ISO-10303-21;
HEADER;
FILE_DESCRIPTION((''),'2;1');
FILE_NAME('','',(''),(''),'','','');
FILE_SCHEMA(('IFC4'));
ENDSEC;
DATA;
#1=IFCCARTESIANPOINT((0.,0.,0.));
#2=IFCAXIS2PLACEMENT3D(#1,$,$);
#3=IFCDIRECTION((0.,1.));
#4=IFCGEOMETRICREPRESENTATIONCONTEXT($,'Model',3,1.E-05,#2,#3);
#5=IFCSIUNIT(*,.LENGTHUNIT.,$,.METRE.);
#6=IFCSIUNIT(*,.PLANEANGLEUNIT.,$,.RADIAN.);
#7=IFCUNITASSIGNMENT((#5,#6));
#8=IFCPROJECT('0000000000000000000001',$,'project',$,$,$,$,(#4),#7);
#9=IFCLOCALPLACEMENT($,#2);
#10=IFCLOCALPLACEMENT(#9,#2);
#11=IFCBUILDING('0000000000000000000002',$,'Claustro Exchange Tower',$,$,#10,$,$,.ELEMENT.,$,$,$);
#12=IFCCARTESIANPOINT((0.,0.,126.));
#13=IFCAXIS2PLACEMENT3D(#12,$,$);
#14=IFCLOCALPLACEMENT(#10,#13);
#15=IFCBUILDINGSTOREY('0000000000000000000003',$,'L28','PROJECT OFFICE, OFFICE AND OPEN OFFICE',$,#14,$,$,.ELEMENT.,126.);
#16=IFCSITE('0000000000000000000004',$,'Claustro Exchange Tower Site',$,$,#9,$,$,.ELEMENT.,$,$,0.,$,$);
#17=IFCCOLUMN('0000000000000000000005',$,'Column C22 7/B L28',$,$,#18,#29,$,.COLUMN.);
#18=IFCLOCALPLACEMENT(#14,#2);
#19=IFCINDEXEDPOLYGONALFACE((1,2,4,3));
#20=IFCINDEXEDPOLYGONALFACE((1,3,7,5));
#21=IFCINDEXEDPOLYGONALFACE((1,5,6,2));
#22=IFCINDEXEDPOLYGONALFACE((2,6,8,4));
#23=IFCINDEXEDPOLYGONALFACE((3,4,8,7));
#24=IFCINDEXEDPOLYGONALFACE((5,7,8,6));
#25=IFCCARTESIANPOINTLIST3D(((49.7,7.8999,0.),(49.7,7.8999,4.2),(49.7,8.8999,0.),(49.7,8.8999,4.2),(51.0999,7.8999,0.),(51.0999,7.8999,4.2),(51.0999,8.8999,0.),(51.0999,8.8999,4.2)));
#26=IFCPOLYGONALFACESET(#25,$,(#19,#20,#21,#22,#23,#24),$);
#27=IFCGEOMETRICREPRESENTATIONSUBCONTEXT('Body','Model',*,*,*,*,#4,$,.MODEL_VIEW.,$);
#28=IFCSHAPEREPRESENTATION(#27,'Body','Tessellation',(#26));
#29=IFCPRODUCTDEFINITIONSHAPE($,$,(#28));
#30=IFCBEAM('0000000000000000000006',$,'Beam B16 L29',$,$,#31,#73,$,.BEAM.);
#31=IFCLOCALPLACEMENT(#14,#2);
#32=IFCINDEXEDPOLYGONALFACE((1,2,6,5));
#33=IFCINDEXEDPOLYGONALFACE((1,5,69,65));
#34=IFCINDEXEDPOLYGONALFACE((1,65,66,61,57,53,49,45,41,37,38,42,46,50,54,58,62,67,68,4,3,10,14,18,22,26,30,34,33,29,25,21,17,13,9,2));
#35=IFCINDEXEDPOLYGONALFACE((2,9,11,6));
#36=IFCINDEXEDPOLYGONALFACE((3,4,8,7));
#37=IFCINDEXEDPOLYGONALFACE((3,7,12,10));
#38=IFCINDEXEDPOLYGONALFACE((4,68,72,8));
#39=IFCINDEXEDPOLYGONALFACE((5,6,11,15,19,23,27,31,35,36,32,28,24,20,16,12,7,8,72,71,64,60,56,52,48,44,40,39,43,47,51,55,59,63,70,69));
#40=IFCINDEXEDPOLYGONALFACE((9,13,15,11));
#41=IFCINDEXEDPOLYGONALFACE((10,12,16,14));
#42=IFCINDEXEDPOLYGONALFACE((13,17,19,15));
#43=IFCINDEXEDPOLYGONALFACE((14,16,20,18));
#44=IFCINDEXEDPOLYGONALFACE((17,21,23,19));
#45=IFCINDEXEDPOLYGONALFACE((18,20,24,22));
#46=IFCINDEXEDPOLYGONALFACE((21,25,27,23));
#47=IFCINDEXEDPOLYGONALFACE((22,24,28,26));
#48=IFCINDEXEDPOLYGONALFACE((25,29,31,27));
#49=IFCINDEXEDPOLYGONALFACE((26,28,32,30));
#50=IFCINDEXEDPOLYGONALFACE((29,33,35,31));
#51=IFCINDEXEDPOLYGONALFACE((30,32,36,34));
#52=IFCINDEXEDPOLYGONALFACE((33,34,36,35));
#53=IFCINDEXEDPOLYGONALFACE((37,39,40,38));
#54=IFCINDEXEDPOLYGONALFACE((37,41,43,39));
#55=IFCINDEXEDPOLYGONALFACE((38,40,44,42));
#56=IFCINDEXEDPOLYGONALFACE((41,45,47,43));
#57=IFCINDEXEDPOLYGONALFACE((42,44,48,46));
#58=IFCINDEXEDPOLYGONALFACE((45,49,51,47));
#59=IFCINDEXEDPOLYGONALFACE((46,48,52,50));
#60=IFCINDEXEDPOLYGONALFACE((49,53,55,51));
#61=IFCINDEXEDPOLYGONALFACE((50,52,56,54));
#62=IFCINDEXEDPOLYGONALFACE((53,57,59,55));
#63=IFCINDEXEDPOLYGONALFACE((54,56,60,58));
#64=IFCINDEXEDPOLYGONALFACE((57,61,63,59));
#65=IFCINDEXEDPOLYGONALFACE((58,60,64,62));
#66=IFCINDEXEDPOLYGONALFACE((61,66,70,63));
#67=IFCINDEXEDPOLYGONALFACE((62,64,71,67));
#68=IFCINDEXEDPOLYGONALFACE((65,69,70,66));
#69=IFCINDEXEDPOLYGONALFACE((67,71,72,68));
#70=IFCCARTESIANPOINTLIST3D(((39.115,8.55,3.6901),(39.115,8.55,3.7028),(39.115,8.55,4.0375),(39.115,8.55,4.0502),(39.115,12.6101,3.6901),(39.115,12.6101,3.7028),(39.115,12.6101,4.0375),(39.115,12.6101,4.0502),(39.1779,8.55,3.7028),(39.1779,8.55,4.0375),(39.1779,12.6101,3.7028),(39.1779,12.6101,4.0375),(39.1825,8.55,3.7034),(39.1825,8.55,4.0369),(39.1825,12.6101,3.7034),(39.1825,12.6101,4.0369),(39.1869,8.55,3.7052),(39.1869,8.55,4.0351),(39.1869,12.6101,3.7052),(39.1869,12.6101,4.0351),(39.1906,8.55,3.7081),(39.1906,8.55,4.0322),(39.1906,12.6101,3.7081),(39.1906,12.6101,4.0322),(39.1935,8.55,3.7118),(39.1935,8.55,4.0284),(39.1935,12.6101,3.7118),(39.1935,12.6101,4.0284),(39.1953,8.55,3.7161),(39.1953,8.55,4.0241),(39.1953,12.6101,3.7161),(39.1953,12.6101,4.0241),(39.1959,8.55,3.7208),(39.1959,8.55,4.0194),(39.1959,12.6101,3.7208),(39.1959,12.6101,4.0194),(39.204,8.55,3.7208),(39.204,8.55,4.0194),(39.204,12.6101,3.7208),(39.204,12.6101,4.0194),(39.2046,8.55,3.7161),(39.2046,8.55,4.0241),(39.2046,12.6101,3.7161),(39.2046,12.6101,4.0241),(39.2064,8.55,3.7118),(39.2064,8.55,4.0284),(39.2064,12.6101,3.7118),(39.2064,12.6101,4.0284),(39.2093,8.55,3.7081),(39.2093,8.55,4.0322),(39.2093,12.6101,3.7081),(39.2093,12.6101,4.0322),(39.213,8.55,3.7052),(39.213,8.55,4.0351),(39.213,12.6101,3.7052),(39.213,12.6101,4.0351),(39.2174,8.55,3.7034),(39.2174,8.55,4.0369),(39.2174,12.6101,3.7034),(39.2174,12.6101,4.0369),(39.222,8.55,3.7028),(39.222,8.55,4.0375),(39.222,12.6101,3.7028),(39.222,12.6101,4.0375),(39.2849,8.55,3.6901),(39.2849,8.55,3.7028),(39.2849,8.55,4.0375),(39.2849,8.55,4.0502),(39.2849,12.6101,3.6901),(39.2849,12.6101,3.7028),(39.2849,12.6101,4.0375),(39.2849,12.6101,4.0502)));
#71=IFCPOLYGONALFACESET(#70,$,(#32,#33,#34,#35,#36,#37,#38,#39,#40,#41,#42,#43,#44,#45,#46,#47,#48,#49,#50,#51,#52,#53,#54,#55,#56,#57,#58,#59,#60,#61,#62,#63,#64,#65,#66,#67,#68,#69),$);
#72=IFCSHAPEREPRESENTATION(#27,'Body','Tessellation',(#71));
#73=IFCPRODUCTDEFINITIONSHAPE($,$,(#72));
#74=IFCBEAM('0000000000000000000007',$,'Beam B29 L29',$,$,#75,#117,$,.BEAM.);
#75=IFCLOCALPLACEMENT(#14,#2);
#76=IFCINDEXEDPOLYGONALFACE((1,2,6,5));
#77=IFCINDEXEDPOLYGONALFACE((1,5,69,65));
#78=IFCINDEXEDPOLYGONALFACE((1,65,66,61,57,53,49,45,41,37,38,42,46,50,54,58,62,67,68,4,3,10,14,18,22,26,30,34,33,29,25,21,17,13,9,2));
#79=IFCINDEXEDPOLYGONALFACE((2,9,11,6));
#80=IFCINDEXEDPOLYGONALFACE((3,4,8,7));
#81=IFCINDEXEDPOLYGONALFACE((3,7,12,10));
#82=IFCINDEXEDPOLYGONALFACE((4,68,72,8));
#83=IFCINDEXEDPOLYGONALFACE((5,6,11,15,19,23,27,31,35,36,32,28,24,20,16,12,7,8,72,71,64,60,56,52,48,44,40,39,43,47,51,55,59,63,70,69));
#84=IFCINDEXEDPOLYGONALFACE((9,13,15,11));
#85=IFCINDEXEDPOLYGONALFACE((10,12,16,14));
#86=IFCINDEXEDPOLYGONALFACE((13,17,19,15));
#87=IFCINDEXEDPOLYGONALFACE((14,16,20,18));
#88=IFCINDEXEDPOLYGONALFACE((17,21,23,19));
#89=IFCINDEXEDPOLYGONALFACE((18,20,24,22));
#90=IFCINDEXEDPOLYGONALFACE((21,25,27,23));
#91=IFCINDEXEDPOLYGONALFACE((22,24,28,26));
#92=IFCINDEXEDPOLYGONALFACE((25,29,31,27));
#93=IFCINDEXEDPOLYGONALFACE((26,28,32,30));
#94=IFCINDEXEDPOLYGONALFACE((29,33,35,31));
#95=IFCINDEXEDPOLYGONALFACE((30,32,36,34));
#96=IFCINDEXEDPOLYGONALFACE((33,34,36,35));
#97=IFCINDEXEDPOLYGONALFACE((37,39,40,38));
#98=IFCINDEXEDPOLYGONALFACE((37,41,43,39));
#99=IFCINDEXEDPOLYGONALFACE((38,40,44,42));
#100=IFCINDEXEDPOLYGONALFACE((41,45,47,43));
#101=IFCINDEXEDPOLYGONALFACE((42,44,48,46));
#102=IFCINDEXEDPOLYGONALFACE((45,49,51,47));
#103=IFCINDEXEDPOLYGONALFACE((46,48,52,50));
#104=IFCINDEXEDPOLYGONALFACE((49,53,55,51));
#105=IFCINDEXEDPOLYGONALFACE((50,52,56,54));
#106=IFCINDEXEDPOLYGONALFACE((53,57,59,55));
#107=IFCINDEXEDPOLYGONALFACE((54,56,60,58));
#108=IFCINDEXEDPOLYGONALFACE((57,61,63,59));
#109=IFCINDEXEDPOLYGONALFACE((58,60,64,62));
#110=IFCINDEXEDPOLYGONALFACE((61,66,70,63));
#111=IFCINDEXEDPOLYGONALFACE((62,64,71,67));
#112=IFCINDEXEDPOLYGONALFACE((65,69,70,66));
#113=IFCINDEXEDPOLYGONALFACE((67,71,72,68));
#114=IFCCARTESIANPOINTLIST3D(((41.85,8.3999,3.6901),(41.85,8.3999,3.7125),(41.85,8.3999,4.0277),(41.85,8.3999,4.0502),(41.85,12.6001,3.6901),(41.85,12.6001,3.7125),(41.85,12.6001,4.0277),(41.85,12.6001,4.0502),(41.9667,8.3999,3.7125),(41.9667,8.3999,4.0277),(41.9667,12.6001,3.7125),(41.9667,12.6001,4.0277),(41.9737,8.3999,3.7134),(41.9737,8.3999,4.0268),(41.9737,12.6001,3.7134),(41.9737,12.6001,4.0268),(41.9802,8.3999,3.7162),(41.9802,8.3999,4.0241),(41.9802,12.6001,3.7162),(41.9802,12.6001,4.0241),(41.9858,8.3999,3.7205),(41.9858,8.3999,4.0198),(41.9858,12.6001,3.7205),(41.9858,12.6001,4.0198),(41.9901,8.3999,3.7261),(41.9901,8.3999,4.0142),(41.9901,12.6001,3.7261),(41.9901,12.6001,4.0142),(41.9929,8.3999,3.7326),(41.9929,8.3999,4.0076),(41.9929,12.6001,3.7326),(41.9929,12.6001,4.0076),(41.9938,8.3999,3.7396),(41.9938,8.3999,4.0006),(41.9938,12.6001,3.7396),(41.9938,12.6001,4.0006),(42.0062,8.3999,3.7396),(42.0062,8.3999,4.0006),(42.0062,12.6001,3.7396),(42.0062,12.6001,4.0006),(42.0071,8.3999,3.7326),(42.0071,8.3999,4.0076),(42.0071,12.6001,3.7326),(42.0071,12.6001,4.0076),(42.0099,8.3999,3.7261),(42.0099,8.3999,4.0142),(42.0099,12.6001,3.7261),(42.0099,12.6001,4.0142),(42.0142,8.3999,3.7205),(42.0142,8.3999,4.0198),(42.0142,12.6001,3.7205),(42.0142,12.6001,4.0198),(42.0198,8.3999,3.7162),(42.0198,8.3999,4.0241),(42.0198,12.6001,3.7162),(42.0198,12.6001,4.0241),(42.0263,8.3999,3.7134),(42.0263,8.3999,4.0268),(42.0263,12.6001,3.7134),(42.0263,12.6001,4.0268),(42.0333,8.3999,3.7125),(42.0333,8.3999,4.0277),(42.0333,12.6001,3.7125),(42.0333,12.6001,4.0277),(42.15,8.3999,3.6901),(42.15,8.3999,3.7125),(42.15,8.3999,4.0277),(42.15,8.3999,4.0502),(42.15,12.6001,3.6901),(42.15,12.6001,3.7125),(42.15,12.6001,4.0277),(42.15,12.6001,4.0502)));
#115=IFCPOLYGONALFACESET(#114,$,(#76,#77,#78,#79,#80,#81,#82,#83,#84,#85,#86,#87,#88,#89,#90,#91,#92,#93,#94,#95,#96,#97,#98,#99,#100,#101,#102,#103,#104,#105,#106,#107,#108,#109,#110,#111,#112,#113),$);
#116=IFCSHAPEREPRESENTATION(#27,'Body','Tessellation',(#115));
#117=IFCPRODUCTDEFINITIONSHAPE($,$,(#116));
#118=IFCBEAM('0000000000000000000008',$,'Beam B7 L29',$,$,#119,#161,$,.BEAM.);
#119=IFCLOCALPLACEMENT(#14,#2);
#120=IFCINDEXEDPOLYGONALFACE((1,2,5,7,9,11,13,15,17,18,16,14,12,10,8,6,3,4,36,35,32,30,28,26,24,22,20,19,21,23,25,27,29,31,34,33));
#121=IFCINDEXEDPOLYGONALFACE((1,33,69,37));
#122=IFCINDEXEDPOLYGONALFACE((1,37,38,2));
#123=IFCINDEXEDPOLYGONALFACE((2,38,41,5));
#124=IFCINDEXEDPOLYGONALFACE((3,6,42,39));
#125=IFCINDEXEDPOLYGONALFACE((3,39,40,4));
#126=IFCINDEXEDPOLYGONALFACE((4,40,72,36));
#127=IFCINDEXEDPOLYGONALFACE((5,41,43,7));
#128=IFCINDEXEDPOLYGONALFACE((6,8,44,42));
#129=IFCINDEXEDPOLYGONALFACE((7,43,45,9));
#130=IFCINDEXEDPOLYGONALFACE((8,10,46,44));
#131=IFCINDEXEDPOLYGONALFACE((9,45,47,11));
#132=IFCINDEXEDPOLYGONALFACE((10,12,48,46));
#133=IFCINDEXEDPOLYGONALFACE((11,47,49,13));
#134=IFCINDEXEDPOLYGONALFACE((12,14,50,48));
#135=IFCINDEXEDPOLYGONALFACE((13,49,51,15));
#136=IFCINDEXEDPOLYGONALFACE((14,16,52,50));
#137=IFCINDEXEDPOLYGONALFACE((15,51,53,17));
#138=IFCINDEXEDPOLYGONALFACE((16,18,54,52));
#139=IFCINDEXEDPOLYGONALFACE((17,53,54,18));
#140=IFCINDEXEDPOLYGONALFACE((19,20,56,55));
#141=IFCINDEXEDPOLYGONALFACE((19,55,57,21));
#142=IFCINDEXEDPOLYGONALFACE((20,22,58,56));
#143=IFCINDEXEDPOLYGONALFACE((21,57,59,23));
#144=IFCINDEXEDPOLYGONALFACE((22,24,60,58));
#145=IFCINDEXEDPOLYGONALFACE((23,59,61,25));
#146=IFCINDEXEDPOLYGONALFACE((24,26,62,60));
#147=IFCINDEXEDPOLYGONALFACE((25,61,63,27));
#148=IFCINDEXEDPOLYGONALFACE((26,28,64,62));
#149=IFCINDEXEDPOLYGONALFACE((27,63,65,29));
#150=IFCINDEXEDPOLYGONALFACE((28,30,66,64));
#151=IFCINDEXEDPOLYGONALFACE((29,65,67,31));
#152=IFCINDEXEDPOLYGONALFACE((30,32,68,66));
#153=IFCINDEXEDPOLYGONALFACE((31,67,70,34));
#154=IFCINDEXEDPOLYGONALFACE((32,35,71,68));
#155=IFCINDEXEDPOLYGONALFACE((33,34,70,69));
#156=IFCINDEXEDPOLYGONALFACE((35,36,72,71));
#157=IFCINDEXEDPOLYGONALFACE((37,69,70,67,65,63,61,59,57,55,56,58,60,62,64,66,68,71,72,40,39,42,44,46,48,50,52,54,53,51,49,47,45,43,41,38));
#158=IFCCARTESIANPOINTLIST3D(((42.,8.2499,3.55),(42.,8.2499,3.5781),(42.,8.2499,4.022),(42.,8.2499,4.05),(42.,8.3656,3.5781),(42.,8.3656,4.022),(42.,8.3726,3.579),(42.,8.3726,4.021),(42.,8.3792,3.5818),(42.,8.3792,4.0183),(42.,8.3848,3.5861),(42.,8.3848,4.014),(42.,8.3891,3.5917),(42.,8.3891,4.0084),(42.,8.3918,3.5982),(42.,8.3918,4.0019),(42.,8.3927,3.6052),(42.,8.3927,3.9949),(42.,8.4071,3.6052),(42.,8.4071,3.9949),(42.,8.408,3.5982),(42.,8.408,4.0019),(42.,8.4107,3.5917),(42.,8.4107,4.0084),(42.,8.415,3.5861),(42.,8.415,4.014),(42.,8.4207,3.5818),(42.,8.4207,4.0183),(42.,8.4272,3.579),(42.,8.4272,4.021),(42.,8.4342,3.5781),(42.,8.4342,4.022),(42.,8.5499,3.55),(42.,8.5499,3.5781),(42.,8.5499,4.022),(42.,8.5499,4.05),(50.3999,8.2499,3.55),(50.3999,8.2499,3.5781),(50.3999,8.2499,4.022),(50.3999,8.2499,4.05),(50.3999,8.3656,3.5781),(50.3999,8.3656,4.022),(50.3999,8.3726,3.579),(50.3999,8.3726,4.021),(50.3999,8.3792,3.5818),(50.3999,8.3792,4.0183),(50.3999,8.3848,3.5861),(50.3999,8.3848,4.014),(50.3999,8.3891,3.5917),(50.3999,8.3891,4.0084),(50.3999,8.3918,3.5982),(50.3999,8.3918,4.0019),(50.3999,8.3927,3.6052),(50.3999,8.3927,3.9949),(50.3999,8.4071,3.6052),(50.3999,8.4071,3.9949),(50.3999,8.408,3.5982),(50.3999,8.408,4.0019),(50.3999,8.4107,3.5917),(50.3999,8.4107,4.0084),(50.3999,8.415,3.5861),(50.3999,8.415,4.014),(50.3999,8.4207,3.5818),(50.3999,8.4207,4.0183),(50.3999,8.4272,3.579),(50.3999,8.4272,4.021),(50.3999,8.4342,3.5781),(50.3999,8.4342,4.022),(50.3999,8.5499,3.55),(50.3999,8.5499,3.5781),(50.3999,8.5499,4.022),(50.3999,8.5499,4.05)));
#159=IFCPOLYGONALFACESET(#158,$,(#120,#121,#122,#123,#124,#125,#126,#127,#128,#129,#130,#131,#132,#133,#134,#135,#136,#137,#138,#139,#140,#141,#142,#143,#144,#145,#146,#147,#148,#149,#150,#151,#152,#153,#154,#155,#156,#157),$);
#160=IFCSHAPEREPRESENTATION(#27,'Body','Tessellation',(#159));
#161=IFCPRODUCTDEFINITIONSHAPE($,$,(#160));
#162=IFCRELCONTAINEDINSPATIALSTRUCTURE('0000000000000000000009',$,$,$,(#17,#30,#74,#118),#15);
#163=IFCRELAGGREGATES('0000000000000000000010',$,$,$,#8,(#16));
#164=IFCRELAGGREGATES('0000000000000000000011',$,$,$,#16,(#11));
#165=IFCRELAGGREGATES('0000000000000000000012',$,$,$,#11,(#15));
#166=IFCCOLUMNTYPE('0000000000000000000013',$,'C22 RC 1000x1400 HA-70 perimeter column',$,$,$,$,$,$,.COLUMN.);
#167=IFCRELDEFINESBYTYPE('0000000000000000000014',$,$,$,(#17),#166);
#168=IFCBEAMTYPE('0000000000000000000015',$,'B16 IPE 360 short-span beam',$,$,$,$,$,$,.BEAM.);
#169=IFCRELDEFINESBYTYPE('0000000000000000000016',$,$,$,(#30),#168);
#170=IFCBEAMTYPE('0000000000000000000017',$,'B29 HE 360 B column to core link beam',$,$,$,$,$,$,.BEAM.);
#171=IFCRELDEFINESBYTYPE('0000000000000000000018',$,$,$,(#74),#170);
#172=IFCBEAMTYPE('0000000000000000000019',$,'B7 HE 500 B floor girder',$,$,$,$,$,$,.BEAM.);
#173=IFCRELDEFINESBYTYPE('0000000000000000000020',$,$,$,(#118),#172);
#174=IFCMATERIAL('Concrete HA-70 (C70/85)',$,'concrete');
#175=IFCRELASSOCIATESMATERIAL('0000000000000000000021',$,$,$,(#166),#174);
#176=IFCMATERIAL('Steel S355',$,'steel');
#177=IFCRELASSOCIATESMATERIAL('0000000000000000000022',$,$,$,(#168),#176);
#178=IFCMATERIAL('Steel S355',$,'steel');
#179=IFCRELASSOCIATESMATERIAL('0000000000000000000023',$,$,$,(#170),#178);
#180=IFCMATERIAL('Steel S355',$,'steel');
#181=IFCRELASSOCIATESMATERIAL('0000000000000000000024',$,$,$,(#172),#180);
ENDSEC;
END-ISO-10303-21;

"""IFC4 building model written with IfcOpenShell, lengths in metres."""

from ifc_helpers import new_model, si_unit, direction, frame, origin, origin_2d, place, context, subcontext, project, spatial, rectangle, i_section, extrude, material, material_profile, profile_set, type_object, element, save


model = new_model("IFC4")

# Units and contexts
model_context = context("Model", 3, precision=1e-05, world=origin(), true_north=direction((0.0, 1.0)))
body_context = subcontext(model_context, "Body", "Model", "MODEL_VIEW")
ifc_project = project(units=[si_unit("LENGTHUNIT", "METRE"), si_unit("PLANEANGLEUNIT", "RADIAN")], contexts=[model_context])

# Site, building, storey
site_placement = place(None, origin())
site = spatial("IfcSite", under=ifc_project, at=site_placement, Name="Claustro Exchange Tower Site", CompositionType="ELEMENT", RefElevation=0.0)
building_placement = place(site_placement, origin())
building = spatial("IfcBuilding", under=site, at=building_placement, Name="Claustro Exchange Tower", CompositionType="ELEMENT")
storey_placement = place(building_placement, frame((0.0, 0.0, 126.0)))
storey = spatial("IfcBuildingStorey", under=building, at=storey_placement, Name="L28", Description="PROJECT OFFICE, OFFICE AND OPEN OFFICE", CompositionType="ELEMENT", Elevation=126.0)

# Column
ifc_material_1 = material(Name="Concrete HA-70 (C70/85)", Category="concrete")
ifc_material_profile_1 = material_profile(ifc_material_1, rectangle(XDim=1.0, YDim=1.3999, at=origin_2d()), Name="RC 1000x1400")
ifc_profile_set_1 = profile_set([ifc_material_profile_1], Name="Concrete HA-70 (C70/85)")
column_type = type_object("IfcColumnType", Name="C22 RC 1000x1400 HA-70 perimeter column", PredefinedType="COLUMN", material=ifc_profile_set_1)
column_placement = place(storey_placement, frame((50.3999, 8.3999, 0.0), z_axis=(0.0, 0.0, 1.0), x_axis=(0.0, 1.0, 0.0)))
element("IfcColumn", 1, at=column_placement, inside=storey, type_object=column_type, Name="Column C22 7/B L28", PredefinedType="COLUMN", context=body_context, shape_type="SweptSolid", body=[
    extrude(rectangle(XDim=1.0, YDim=1.3999, at=origin_2d()), origin(), (0.0, 0.0, 1.0), 4.2),
])

# Beams
ifc_material_2 = material(Name="Steel S355", Category="steel")
ifc_material_profile_2 = material_profile(ifc_material_2, i_section(OverallWidth=0.1699, OverallDepth=0.3601, WebThickness=0.0081, FlangeThickness=0.0127, FilletRadius=0.0181, at=origin_2d()), Name="IPE 360")
ifc_profile_set_2 = profile_set([ifc_material_profile_2], Name="Steel S355")
beam_type_1 = type_object("IfcBeamType", Name="B16 IPE 360 short-span beam", PredefinedType="BEAM", material=ifc_profile_set_2)
beam_1_placement = place(storey_placement, frame((39.2, 8.55, 3.8701), z_axis=(0.0, 1.0, 0.0), x_axis=(-1.0, 0.0, 0.0)))
element("IfcBeam", 2, at=beam_1_placement, inside=storey, type_object=beam_type_1, Name="Beam B16 L29", PredefinedType="BEAM", context=body_context, shape_type="SweptSolid", body=[
    extrude(i_section(OverallWidth=0.1699, OverallDepth=0.3601, WebThickness=0.0081, FlangeThickness=0.0127, FilletRadius=0.0181, at=origin_2d()), origin(), (0.0, 0.0, 1.0), 4.0601),
])
ifc_material_3 = material(Name="Steel S355", Category="steel")
ifc_material_profile_3 = material_profile(ifc_material_3, i_section(OverallWidth=0.3, OverallDepth=0.3601, WebThickness=0.0125, FlangeThickness=0.0225, FilletRadius=0.0271, at=origin_2d()), Name="HE 360 B")
ifc_profile_set_3 = profile_set([ifc_material_profile_3], Name="Steel S355")
beam_type_2 = type_object("IfcBeamType", Name="B29 HE 360 B column to core link beam", PredefinedType="BEAM", material=ifc_profile_set_3)
beam_2_placement = place(storey_placement, frame((42.0, 8.3999, 3.8701), z_axis=(0.0, 1.0, 0.0), x_axis=(-1.0, 0.0, 0.0)))
element("IfcBeam", 3, at=beam_2_placement, inside=storey, type_object=beam_type_2, Name="Beam B29 L29", PredefinedType="BEAM", context=body_context, shape_type="SweptSolid", body=[
    extrude(i_section(OverallWidth=0.3, OverallDepth=0.3601, WebThickness=0.0125, FlangeThickness=0.0225, FilletRadius=0.0271, at=origin_2d()), origin(), (0.0, 0.0, 1.0), 4.2002),
])
ifc_material_4 = material(Name="Steel S355", Category="steel")
ifc_material_profile_4 = material_profile(ifc_material_4, i_section(OverallWidth=0.3, OverallDepth=0.5, WebThickness=0.0144, FlangeThickness=0.0281, FilletRadius=0.0271, at=origin_2d()), Name="HE 500 B")
ifc_profile_set_4 = profile_set([ifc_material_profile_4], Name="Steel S355")
beam_type_3 = type_object("IfcBeamType", Name="B7 HE 500 B floor girder", PredefinedType="BEAM", material=ifc_profile_set_4)
beam_3_placement = place(storey_placement, frame((42.0, 8.3999, 3.8), z_axis=(1.0, 0.0, 0.0), x_axis=(0.0, 1.0, 0.0)))
element("IfcBeam", 4, at=beam_3_placement, inside=storey, type_object=beam_type_3, Name="Beam B7 L29", PredefinedType="BEAM", context=body_context, shape_type="SweptSolid", body=[
    extrude(i_section(OverallWidth=0.3, OverallDepth=0.5, WebThickness=0.0144, FlangeThickness=0.0281, FilletRadius=0.0271, at=origin_2d()), origin(), (0.0, 0.0, 1.0), 8.3999),
])

save(model, "model.ifc")
